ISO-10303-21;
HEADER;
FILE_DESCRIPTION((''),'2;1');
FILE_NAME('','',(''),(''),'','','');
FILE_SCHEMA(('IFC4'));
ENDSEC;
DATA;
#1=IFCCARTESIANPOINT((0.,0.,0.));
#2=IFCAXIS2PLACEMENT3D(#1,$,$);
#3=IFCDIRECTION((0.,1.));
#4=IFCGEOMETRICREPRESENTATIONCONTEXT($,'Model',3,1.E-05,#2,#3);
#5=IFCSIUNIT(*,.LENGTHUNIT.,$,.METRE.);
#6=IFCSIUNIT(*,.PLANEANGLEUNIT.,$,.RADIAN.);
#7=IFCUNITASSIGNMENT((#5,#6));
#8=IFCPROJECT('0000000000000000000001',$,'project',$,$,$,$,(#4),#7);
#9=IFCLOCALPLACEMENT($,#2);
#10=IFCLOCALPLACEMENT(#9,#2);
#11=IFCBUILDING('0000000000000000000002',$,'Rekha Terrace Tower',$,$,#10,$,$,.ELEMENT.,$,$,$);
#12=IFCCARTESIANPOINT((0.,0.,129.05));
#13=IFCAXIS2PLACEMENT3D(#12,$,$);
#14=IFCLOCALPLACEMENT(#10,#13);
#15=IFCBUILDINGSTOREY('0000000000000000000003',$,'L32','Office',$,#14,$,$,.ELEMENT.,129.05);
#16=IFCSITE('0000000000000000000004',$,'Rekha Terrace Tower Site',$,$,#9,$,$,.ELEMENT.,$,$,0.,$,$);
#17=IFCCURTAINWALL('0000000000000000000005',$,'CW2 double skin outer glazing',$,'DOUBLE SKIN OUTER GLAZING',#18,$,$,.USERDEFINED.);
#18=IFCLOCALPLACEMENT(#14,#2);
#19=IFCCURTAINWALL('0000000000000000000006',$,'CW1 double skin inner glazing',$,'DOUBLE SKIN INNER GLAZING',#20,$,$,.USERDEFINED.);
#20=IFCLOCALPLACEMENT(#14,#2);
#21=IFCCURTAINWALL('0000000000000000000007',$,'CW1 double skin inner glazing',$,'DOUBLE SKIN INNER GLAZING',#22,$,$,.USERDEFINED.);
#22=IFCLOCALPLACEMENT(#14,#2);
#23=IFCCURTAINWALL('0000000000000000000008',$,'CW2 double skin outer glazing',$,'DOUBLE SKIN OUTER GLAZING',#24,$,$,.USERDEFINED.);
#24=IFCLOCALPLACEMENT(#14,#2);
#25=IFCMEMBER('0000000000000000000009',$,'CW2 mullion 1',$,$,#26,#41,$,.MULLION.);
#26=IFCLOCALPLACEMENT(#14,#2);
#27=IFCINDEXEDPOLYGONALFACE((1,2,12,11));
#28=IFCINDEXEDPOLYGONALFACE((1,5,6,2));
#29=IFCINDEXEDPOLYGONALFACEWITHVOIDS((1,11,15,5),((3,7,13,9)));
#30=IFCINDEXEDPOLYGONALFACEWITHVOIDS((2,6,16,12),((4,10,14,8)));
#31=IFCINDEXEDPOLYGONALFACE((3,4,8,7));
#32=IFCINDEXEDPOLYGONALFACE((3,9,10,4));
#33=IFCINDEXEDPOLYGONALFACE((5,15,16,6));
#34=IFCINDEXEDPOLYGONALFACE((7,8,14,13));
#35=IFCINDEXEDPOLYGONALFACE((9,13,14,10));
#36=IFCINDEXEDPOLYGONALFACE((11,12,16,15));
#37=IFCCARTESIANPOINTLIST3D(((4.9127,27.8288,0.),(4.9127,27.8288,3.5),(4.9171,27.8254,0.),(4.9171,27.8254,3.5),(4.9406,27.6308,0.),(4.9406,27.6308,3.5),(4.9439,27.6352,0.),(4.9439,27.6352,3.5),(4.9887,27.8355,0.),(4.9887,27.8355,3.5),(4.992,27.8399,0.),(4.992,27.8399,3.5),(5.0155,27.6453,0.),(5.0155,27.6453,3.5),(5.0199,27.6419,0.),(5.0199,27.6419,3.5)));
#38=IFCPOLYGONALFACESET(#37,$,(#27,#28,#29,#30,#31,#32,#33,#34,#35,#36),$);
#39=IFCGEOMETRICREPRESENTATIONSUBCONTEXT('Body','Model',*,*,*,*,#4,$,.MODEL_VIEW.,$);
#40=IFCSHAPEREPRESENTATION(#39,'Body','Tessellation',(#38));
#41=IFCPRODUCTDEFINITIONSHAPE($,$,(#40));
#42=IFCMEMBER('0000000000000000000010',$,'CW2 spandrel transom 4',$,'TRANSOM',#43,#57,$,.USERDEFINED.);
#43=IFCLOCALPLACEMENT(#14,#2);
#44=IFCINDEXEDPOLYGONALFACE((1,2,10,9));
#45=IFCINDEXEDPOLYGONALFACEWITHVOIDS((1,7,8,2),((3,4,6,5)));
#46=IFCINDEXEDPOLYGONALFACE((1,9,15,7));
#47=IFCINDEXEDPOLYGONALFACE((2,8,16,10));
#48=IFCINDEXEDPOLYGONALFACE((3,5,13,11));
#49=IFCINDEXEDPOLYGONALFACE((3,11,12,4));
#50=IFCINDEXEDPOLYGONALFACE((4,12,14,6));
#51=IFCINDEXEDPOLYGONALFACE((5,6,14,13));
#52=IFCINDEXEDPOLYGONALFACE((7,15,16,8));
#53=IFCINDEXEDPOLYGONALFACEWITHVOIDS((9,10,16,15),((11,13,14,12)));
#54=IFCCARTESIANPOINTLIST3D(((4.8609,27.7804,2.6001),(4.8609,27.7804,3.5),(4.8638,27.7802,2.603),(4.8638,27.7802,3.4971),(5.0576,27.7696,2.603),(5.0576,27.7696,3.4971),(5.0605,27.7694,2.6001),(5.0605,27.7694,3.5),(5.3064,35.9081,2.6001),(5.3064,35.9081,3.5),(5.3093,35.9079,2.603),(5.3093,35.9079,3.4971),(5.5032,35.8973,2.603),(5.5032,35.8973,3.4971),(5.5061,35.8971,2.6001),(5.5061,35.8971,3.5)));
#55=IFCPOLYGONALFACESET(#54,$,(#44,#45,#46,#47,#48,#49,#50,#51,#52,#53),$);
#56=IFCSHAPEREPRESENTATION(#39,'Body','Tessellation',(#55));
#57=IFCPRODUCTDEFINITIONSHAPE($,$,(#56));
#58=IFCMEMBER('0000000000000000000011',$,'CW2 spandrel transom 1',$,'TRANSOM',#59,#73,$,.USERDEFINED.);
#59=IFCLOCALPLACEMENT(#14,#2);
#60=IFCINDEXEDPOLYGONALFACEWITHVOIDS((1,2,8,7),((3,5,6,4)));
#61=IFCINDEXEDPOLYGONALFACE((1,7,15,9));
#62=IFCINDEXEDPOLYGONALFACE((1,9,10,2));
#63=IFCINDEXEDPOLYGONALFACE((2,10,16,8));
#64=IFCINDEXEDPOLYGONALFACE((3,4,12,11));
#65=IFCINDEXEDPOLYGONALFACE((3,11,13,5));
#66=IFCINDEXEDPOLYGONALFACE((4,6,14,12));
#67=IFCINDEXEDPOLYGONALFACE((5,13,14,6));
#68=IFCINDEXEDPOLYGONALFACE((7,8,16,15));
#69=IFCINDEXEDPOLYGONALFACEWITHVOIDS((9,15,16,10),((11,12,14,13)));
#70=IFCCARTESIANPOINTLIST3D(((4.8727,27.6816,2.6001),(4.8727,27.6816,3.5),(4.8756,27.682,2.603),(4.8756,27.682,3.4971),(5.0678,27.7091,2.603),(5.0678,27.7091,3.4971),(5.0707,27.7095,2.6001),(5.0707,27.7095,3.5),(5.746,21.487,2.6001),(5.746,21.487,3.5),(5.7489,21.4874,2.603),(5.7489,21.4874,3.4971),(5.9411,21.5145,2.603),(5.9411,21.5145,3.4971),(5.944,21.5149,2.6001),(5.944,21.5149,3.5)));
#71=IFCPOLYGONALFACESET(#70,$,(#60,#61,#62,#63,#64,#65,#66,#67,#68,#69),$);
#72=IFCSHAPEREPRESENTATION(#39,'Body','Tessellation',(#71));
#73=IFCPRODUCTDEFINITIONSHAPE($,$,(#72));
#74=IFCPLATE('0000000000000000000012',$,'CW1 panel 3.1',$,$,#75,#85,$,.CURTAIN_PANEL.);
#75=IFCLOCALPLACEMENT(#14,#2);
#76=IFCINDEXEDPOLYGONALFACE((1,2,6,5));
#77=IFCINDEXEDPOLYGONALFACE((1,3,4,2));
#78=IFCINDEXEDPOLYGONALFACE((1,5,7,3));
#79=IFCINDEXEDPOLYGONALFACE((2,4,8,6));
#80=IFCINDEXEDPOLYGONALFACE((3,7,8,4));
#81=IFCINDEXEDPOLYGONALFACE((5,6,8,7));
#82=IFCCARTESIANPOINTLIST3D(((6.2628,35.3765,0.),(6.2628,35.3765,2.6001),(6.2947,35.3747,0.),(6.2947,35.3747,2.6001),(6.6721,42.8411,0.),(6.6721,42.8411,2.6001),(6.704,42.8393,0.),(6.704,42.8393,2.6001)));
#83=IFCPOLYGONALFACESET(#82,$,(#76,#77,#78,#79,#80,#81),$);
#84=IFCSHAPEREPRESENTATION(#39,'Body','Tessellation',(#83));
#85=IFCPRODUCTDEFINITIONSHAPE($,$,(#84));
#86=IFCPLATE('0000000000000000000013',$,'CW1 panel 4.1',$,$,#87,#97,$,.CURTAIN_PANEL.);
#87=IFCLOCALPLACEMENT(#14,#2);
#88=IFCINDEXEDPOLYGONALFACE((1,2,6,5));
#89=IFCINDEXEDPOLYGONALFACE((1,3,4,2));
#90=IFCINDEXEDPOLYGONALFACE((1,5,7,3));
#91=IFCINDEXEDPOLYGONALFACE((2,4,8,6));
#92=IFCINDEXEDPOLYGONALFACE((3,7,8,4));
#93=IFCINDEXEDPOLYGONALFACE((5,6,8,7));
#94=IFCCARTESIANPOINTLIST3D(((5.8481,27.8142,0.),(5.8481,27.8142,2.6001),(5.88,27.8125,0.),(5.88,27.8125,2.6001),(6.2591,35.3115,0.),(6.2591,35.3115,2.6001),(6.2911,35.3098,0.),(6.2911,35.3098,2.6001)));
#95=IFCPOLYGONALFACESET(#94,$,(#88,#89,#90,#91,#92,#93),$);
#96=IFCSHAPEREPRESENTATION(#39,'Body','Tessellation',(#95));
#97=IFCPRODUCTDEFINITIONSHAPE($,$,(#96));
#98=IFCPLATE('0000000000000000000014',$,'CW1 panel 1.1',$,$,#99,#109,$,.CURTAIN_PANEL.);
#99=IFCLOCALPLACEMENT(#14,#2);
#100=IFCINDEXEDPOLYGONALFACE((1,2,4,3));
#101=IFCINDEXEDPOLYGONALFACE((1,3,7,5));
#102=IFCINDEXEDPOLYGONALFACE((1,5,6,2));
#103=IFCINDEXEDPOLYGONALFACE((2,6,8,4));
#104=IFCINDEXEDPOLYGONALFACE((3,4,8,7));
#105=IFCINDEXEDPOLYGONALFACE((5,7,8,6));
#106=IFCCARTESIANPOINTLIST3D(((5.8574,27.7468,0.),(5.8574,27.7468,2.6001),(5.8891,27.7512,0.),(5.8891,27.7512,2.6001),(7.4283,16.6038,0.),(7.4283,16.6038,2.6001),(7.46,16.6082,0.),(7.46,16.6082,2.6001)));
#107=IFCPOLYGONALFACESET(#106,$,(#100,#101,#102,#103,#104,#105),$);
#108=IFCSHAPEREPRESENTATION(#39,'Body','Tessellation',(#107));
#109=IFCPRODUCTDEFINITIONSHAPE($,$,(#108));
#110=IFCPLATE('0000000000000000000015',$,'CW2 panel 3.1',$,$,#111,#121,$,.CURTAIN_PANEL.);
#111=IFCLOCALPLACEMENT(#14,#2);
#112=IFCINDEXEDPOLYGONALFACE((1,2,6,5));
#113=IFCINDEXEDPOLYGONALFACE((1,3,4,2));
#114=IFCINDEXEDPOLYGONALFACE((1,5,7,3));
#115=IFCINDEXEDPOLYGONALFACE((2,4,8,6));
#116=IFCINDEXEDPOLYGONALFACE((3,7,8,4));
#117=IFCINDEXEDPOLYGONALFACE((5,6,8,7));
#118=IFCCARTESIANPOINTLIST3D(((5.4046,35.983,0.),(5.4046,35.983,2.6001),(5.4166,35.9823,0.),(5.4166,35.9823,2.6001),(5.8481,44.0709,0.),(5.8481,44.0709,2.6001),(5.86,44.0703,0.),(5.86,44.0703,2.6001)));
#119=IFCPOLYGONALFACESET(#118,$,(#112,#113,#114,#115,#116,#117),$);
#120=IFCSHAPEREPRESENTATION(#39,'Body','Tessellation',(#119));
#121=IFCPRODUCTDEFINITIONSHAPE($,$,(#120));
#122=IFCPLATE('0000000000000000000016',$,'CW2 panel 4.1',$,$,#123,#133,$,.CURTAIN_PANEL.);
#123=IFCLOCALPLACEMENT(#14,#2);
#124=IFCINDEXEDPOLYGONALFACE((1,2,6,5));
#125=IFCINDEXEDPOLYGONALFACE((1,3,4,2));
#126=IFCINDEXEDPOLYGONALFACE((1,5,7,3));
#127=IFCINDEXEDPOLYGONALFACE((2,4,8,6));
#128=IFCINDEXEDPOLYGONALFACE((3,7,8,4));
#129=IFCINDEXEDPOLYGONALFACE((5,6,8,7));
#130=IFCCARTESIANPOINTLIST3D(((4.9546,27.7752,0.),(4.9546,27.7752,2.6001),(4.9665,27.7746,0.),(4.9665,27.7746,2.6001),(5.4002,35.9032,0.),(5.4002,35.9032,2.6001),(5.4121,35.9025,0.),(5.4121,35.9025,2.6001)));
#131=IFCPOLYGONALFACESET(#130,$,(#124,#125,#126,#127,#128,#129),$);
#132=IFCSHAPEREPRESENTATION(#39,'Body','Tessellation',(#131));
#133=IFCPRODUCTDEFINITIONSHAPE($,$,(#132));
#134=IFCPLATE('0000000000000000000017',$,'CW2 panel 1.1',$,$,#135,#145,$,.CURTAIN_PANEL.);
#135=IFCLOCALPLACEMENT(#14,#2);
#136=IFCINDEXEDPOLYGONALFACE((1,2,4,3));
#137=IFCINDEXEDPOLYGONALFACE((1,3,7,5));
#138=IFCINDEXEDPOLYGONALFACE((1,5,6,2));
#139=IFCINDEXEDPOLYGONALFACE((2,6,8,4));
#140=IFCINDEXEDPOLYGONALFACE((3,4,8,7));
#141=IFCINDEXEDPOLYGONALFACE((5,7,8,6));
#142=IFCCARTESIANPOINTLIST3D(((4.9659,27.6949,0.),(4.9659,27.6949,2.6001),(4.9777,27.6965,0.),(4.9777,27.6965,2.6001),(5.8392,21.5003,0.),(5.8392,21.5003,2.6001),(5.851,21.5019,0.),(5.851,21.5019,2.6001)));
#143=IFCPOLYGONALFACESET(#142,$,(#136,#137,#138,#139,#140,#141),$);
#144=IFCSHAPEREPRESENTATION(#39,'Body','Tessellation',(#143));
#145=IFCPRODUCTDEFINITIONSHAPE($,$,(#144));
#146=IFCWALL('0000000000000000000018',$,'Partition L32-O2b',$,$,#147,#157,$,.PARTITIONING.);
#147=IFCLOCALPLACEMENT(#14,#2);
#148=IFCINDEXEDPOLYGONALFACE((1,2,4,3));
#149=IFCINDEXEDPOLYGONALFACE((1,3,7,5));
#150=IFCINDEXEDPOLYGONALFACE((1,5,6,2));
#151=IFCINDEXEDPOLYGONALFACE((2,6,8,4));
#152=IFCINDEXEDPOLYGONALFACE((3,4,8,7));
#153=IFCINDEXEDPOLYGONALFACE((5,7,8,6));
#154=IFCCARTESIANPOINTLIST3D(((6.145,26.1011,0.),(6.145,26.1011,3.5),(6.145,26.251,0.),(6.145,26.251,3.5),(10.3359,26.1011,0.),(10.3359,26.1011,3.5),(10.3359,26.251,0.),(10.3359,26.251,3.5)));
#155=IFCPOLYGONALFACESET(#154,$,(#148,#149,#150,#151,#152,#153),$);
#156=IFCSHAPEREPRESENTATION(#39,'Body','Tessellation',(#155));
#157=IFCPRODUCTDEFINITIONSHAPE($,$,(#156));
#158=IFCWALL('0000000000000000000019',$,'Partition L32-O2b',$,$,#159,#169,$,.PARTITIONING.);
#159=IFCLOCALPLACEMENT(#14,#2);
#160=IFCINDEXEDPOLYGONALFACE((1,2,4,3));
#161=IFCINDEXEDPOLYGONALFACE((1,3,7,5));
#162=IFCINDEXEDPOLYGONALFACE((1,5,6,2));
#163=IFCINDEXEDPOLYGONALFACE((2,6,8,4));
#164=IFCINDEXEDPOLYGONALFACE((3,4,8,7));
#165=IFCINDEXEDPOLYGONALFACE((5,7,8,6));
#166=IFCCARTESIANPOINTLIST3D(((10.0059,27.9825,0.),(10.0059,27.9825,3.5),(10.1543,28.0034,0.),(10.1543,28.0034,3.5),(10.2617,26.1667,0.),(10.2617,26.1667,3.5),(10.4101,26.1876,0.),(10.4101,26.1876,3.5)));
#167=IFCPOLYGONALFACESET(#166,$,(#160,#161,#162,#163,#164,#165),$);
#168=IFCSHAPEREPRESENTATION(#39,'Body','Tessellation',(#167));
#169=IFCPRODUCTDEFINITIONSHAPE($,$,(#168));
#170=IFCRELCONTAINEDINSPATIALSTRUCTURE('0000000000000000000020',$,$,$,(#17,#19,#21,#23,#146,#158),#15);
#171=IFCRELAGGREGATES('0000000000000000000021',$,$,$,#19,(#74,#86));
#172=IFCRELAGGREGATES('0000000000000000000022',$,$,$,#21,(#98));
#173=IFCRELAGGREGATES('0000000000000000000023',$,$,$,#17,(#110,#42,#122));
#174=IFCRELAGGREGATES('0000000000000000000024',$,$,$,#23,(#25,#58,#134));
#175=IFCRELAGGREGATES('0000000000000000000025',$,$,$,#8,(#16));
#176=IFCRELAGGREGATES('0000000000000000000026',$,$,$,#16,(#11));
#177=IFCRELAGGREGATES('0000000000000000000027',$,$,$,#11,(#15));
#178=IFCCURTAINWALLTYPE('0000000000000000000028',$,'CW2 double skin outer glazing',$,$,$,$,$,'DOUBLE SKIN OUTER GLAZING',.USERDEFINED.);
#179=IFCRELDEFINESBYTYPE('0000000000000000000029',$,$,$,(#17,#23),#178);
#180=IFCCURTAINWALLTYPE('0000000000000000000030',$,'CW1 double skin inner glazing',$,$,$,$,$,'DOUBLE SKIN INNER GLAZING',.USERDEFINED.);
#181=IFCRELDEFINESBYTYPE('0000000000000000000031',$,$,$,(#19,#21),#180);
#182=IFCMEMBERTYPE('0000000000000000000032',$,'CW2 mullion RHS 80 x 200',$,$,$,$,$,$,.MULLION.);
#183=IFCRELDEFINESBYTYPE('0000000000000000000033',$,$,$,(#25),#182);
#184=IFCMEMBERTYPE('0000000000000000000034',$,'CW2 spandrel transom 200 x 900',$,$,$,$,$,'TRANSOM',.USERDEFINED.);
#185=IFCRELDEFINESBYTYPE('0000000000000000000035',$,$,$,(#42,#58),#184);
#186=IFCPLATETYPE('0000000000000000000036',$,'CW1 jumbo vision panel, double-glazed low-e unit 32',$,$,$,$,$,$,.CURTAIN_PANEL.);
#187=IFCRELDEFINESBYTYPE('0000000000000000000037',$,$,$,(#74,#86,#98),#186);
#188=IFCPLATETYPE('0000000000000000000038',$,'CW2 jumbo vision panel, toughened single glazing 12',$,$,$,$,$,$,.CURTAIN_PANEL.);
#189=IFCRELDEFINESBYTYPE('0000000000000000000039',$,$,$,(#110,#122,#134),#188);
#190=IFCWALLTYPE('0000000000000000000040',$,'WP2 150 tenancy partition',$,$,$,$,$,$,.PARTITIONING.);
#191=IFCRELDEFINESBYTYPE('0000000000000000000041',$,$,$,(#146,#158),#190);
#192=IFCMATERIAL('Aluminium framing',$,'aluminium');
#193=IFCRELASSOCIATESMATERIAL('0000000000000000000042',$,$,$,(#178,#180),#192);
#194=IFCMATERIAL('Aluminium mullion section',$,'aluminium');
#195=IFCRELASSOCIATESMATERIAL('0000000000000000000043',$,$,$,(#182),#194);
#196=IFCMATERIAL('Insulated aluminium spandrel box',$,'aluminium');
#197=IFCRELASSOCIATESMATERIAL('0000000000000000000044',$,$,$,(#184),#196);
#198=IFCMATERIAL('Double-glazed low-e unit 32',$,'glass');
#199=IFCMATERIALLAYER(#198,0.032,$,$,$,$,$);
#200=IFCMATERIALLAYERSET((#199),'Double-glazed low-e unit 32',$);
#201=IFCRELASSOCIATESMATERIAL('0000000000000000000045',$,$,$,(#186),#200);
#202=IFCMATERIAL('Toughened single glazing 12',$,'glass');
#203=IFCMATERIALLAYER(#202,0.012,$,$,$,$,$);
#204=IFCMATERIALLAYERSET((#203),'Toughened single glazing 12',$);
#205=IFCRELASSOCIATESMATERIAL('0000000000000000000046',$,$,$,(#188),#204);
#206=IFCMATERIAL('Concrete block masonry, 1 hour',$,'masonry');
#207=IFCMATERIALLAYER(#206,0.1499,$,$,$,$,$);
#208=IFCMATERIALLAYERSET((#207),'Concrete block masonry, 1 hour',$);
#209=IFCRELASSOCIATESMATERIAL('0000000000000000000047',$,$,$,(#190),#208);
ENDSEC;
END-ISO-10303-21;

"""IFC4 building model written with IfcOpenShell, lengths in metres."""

from ifc_helpers import new_model, si_unit, direction, frame, frame_2d, origin, origin_2d, place, context, subcontext, project, spatial, rectangle, hollow_rectangle, extrude, material, layer, layer_set, material_profile, profile_set, type_object, element, aggregate, save


model = new_model("IFC4")

# Units and contexts
model_context = context("Model", 3, precision=1e-05, world=origin(), true_north=direction((0.0, 1.0)))
body_context = subcontext(model_context, "Body", "Model", "MODEL_VIEW")
ifc_project = project(units=[si_unit("LENGTHUNIT", "METRE"), si_unit("PLANEANGLEUNIT", "RADIAN")], contexts=[model_context])

# Site, building, storey
site_placement = place(None, origin())
site = spatial("IfcSite", under=ifc_project, at=site_placement, Name="Rekha Terrace Tower Site", CompositionType="ELEMENT", RefElevation=0.0)
building_placement = place(site_placement, origin())
building = spatial("IfcBuilding", under=site, at=building_placement, Name="Rekha Terrace Tower", CompositionType="ELEMENT")
storey_placement = place(building_placement, frame((0.0, 0.0, 129.05)))
storey = spatial("IfcBuildingStorey", under=building, at=storey_placement, Name="L32", Description="Office", CompositionType="ELEMENT", Elevation=129.05)

# Curtain wall
ifc_material_1 = material(Name="Aluminium framing", Category="aluminium")
curtain_wall_type_1 = type_object("IfcCurtainWallType", Name="CW2 double skin outer glazing", ElementType="DOUBLE SKIN OUTER GLAZING", PredefinedType="USERDEFINED", material=ifc_material_1)
curtain_wall_1_placement = place(storey_placement, origin())
curtain_wall_1 = element("IfcCurtainWall", 1, at=curtain_wall_1_placement, inside=storey, type_object=curtain_wall_type_1, Name="CW2 double skin outer glazing", ObjectType="DOUBLE SKIN OUTER GLAZING", PredefinedType="USERDEFINED")

# Curtain wall
curtain_wall_type_2 = type_object("IfcCurtainWallType", Name="CW1 double skin inner glazing", ElementType="DOUBLE SKIN INNER GLAZING", PredefinedType="USERDEFINED", material=ifc_material_1)
curtain_wall_2_placement = place(storey_placement, origin())
curtain_wall_2 = element("IfcCurtainWall", 2, at=curtain_wall_2_placement, inside=storey, type_object=curtain_wall_type_2, Name="CW1 double skin inner glazing", ObjectType="DOUBLE SKIN INNER GLAZING", PredefinedType="USERDEFINED")
ifc_material_2 = material(Name="Aluminium mullion section", Category="aluminium")

# Curtain wall
curtain_wall_3_placement = place(storey_placement, origin())
curtain_wall_3 = element("IfcCurtainWall", 3, at=curtain_wall_3_placement, inside=storey, type_object=curtain_wall_type_2, Name="CW1 double skin inner glazing", ObjectType="DOUBLE SKIN INNER GLAZING", PredefinedType="USERDEFINED")

# Shared definitions
ifc_material_3 = material(Name="Insulated aluminium spandrel box", Category="aluminium")
ifc_material_profile_1 = material_profile(ifc_material_2, hollow_rectangle(XDim=0.0801, YDim=0.2, WallThickness=0.0039, at=origin_2d()), Name="AL RHS 80x200")
ifc_profile_set_1 = profile_set([ifc_material_profile_1], Name="Aluminium mullion section")
member_type_1 = type_object("IfcMemberType", Name="CW2 mullion RHS 80 x 200", PredefinedType="MULLION", material=ifc_profile_set_1)

# Curtain wall, member
curtain_wall_4_placement = place(storey_placement, origin())
curtain_wall_4 = element("IfcCurtainWall", 4, at=curtain_wall_4_placement, inside=storey, type_object=curtain_wall_type_1, Name="CW2 double skin outer glazing", ObjectType="DOUBLE SKIN OUTER GLAZING", PredefinedType="USERDEFINED")
member_1_placement = place(storey_placement, frame((4.9663, 27.7354, 0.0), z_axis=(0.0, 0.0, 1.0), x_axis=(0.990208, 0.139597, 0.0)))
member_1 = element("IfcMember", 5, at=member_1_placement, type_object=member_type_1, Name="CW2 mullion 1", PredefinedType="MULLION", context=body_context, shape_type="SweptSolid", body=[
    extrude(hollow_rectangle(XDim=0.0801, YDim=0.2, WallThickness=0.0039, at=origin_2d()), origin(), (0.0, 0.0, 1.0), 3.5),
])

# Members
ifc_material_profile_2 = material_profile(ifc_material_3, hollow_rectangle(XDim=0.2, YDim=0.8999, WallThickness=0.0029, at=origin_2d()), Name="AL SPANDREL BOX 200x900")
ifc_profile_set_2 = profile_set([ifc_material_profile_2], Name="Insulated aluminium spandrel box")
member_type_2 = type_object("IfcMemberType", Name="CW2 spandrel transom 200 x 900", ElementType="TRANSOM", PredefinedType="USERDEFINED", material=ifc_profile_set_2)
member_2_placement = place(storey_placement, frame((5.4062, 35.9026, 3.05), z_axis=(-0.054737, -0.998501, 0.0), x_axis=(0.998501, -0.054737, 0.0)))
member_2 = element("IfcMember", 6, at=member_2_placement, type_object=member_type_2, Name="CW2 spandrel transom 4", ObjectType="TRANSOM", PredefinedType="USERDEFINED", context=body_context, shape_type="SweptSolid", body=[
    extrude(hollow_rectangle(XDim=0.2, YDim=0.8999, WallThickness=0.0029, at=origin_2d()), origin(), (0.0, 0.0, 1.0), 8.1399),
])
member_3_placement = place(storey_placement, frame((4.9717, 27.6956, 3.05), z_axis=(0.139596, -0.990209, 0.0), x_axis=(0.990209, 0.139596, 0.0)))
member_3 = element("IfcMember", 7, at=member_3_placement, type_object=member_type_2, Name="CW2 spandrel transom 1", ObjectType="TRANSOM", PredefinedType="USERDEFINED", context=body_context, shape_type="SweptSolid", body=[
    extrude(hollow_rectangle(XDim=0.2, YDim=0.8999, WallThickness=0.0029, at=origin_2d()), origin(), (0.0, 0.0, 1.0), 6.2559),
])

# Plates
ifc_material_4 = material(Name="Double-glazed low-e unit 32", Category="glass")
ifc_layer_1 = layer(ifc_material_4, 0.032)
ifc_layer_set_1 = layer_set([ifc_layer_1], Name="Double-glazed low-e unit 32")
plate_type_1 = type_object("IfcPlateType", Name="CW1 jumbo vision panel, double-glazed low-e unit 32", PredefinedType="CURTAIN_PANEL", material=ifc_layer_set_1)
plate_1_placement = place(storey_placement, frame((6.4834, 39.1079, 0.0), z_axis=(0.0, 0.0, 1.0), x_axis=(-0.054742, -0.998501, 0.0)))
plate_1 = element("IfcPlate", 8, at=plate_1_placement, type_object=plate_type_1, Name="CW1 panel 3.1", PredefinedType="CURTAIN_PANEL", context=body_context, shape_type="SweptSolid", body=[
    extrude(rectangle(XDim=7.4758, YDim=0.032, at=origin_2d()), origin(), (0.0, 0.0, 1.0), 2.6001),
])
plate_2_placement = place(storey_placement, frame((6.0696, 31.562, 0.0), z_axis=(0.0, 0.0, 1.0), x_axis=(-0.054742, -0.998501, 0.0)))
plate_2 = element("IfcPlate", 9, at=plate_2_placement, type_object=plate_type_1, Name="CW1 panel 4.1", PredefinedType="CURTAIN_PANEL", context=body_context, shape_type="SweptSolid", body=[
    extrude(rectangle(XDim=7.5085, YDim=0.032, at=origin_2d()), origin(), (0.0, 0.0, 1.0), 2.6001),
])
aggregate(curtain_wall_2, [plate_1, plate_2])
plate_3_placement = place(storey_placement, frame((6.6587, 22.1775, 0.0), z_axis=(0.0, 0.0, 1.0), x_axis=(0.139597, -0.990208, 0.0)))
plate_3 = element("IfcPlate", 10, at=plate_3_placement, type_object=plate_type_1, Name="CW1 panel 1.1", PredefinedType="CURTAIN_PANEL", context=body_context, shape_type="SweptSolid", body=[
    extrude(rectangle(XDim=11.2532, YDim=0.032, at=origin_2d()), origin(), (0.0, 0.0, 1.0), 2.6001),
])
aggregate(curtain_wall_3, [plate_3])
ifc_material_5 = material(Name="Toughened single glazing 12", Category="glass")
ifc_layer_2 = layer(ifc_material_5, 0.012)
ifc_layer_set_2 = layer_set([ifc_layer_2], Name="Toughened single glazing 12")
plate_type_2 = type_object("IfcPlateType", Name="CW2 jumbo vision panel, toughened single glazing 12", PredefinedType="CURTAIN_PANEL", material=ifc_layer_set_2)
plate_4_placement = place(storey_placement, frame((5.6323, 40.0266, 0.0), z_axis=(0.0, 0.0, 1.0), x_axis=(-0.054742, -0.998501, 0.0)))
plate_4 = element("IfcPlate", 11, at=plate_4_placement, type_object=plate_type_2, Name="CW2 panel 3.1", PredefinedType="CURTAIN_PANEL", context=body_context, shape_type="SweptSolid", body=[
    extrude(rectangle(XDim=8.1001, YDim=0.012, at=origin_2d()), origin(), (0.0, 0.0, 1.0), 2.6001),
])
plate_5_placement = place(storey_placement, frame((5.1833, 31.8389, 0.0), z_axis=(0.0, 0.0, 1.0), x_axis=(-0.054742, -0.998501, 0.0)))
plate_5 = element("IfcPlate", 12, at=plate_5_placement, type_object=plate_type_2, Name="CW2 panel 4.1", PredefinedType="CURTAIN_PANEL", context=body_context, shape_type="SweptSolid", body=[
    extrude(rectangle(XDim=8.1401, YDim=0.012, at=origin_2d()), origin(), (0.0, 0.0, 1.0), 2.6001),
])
aggregate(curtain_wall_1, [plate_4, member_2, plate_5])
plate_6_placement = place(storey_placement, frame((5.4084, 24.5984, 0.0), z_axis=(0.0, 0.0, 1.0), x_axis=(0.139597, -0.990208, 0.0)))
plate_6 = element("IfcPlate", 13, at=plate_6_placement, type_object=plate_type_2, Name="CW2 panel 1.1", PredefinedType="CURTAIN_PANEL", context=body_context, shape_type="SweptSolid", body=[
    extrude(rectangle(XDim=6.2559, YDim=0.012, at=origin_2d()), origin(), (0.0, 0.0, 1.0), 2.6001),
])
aggregate(curtain_wall_4, [member_1, member_3, plate_6])

# Walls
ifc_material_6 = material(Name="Concrete block masonry, 1 hour", Category="masonry")
ifc_layer_3 = layer(ifc_material_6, 0.1499)
ifc_layer_set_3 = layer_set([ifc_layer_3], Name="Concrete block masonry, 1 hour")
wall_type = type_object("IfcWallType", Name="WP2 150 tenancy partition", PredefinedType="PARTITIONING", material=ifc_layer_set_3)
wall_1_placement = place(storey_placement, frame((10.3359, 26.176, 0.0), z_axis=(0.0, 0.0, 1.0), x_axis=(-1.0, 0.0, 0.0)))
element("IfcWall", 14, at=wall_1_placement, inside=storey, type_object=wall_type, Name="Partition L32-O2b", PredefinedType="PARTITIONING", context=body_context, shape_type="SweptSolid", body=[
    extrude(rectangle(XDim=4.1909, YDim=0.1499, at=frame_2d((2.0955, 0.0))), origin(), (0.0, 0.0, 1.0), 3.5),
])
wall_2_placement = place(storey_placement, frame((10.3359, 26.177, 0.0), z_axis=(0.0, 0.0, 1.0), x_axis=(-0.13952, 0.990219, 0.0)))
element("IfcWall", 15, at=wall_2_placement, inside=storey, type_object=wall_type, Name="Partition L32-O2b", PredefinedType="PARTITIONING", context=body_context, shape_type="SweptSolid", body=[
    extrude(rectangle(XDim=1.8337, YDim=0.1499, at=frame_2d((0.917, 0.0))), origin(), (0.0, 0.0, 1.0), 3.5),
])

save(model, "model.ifc")
